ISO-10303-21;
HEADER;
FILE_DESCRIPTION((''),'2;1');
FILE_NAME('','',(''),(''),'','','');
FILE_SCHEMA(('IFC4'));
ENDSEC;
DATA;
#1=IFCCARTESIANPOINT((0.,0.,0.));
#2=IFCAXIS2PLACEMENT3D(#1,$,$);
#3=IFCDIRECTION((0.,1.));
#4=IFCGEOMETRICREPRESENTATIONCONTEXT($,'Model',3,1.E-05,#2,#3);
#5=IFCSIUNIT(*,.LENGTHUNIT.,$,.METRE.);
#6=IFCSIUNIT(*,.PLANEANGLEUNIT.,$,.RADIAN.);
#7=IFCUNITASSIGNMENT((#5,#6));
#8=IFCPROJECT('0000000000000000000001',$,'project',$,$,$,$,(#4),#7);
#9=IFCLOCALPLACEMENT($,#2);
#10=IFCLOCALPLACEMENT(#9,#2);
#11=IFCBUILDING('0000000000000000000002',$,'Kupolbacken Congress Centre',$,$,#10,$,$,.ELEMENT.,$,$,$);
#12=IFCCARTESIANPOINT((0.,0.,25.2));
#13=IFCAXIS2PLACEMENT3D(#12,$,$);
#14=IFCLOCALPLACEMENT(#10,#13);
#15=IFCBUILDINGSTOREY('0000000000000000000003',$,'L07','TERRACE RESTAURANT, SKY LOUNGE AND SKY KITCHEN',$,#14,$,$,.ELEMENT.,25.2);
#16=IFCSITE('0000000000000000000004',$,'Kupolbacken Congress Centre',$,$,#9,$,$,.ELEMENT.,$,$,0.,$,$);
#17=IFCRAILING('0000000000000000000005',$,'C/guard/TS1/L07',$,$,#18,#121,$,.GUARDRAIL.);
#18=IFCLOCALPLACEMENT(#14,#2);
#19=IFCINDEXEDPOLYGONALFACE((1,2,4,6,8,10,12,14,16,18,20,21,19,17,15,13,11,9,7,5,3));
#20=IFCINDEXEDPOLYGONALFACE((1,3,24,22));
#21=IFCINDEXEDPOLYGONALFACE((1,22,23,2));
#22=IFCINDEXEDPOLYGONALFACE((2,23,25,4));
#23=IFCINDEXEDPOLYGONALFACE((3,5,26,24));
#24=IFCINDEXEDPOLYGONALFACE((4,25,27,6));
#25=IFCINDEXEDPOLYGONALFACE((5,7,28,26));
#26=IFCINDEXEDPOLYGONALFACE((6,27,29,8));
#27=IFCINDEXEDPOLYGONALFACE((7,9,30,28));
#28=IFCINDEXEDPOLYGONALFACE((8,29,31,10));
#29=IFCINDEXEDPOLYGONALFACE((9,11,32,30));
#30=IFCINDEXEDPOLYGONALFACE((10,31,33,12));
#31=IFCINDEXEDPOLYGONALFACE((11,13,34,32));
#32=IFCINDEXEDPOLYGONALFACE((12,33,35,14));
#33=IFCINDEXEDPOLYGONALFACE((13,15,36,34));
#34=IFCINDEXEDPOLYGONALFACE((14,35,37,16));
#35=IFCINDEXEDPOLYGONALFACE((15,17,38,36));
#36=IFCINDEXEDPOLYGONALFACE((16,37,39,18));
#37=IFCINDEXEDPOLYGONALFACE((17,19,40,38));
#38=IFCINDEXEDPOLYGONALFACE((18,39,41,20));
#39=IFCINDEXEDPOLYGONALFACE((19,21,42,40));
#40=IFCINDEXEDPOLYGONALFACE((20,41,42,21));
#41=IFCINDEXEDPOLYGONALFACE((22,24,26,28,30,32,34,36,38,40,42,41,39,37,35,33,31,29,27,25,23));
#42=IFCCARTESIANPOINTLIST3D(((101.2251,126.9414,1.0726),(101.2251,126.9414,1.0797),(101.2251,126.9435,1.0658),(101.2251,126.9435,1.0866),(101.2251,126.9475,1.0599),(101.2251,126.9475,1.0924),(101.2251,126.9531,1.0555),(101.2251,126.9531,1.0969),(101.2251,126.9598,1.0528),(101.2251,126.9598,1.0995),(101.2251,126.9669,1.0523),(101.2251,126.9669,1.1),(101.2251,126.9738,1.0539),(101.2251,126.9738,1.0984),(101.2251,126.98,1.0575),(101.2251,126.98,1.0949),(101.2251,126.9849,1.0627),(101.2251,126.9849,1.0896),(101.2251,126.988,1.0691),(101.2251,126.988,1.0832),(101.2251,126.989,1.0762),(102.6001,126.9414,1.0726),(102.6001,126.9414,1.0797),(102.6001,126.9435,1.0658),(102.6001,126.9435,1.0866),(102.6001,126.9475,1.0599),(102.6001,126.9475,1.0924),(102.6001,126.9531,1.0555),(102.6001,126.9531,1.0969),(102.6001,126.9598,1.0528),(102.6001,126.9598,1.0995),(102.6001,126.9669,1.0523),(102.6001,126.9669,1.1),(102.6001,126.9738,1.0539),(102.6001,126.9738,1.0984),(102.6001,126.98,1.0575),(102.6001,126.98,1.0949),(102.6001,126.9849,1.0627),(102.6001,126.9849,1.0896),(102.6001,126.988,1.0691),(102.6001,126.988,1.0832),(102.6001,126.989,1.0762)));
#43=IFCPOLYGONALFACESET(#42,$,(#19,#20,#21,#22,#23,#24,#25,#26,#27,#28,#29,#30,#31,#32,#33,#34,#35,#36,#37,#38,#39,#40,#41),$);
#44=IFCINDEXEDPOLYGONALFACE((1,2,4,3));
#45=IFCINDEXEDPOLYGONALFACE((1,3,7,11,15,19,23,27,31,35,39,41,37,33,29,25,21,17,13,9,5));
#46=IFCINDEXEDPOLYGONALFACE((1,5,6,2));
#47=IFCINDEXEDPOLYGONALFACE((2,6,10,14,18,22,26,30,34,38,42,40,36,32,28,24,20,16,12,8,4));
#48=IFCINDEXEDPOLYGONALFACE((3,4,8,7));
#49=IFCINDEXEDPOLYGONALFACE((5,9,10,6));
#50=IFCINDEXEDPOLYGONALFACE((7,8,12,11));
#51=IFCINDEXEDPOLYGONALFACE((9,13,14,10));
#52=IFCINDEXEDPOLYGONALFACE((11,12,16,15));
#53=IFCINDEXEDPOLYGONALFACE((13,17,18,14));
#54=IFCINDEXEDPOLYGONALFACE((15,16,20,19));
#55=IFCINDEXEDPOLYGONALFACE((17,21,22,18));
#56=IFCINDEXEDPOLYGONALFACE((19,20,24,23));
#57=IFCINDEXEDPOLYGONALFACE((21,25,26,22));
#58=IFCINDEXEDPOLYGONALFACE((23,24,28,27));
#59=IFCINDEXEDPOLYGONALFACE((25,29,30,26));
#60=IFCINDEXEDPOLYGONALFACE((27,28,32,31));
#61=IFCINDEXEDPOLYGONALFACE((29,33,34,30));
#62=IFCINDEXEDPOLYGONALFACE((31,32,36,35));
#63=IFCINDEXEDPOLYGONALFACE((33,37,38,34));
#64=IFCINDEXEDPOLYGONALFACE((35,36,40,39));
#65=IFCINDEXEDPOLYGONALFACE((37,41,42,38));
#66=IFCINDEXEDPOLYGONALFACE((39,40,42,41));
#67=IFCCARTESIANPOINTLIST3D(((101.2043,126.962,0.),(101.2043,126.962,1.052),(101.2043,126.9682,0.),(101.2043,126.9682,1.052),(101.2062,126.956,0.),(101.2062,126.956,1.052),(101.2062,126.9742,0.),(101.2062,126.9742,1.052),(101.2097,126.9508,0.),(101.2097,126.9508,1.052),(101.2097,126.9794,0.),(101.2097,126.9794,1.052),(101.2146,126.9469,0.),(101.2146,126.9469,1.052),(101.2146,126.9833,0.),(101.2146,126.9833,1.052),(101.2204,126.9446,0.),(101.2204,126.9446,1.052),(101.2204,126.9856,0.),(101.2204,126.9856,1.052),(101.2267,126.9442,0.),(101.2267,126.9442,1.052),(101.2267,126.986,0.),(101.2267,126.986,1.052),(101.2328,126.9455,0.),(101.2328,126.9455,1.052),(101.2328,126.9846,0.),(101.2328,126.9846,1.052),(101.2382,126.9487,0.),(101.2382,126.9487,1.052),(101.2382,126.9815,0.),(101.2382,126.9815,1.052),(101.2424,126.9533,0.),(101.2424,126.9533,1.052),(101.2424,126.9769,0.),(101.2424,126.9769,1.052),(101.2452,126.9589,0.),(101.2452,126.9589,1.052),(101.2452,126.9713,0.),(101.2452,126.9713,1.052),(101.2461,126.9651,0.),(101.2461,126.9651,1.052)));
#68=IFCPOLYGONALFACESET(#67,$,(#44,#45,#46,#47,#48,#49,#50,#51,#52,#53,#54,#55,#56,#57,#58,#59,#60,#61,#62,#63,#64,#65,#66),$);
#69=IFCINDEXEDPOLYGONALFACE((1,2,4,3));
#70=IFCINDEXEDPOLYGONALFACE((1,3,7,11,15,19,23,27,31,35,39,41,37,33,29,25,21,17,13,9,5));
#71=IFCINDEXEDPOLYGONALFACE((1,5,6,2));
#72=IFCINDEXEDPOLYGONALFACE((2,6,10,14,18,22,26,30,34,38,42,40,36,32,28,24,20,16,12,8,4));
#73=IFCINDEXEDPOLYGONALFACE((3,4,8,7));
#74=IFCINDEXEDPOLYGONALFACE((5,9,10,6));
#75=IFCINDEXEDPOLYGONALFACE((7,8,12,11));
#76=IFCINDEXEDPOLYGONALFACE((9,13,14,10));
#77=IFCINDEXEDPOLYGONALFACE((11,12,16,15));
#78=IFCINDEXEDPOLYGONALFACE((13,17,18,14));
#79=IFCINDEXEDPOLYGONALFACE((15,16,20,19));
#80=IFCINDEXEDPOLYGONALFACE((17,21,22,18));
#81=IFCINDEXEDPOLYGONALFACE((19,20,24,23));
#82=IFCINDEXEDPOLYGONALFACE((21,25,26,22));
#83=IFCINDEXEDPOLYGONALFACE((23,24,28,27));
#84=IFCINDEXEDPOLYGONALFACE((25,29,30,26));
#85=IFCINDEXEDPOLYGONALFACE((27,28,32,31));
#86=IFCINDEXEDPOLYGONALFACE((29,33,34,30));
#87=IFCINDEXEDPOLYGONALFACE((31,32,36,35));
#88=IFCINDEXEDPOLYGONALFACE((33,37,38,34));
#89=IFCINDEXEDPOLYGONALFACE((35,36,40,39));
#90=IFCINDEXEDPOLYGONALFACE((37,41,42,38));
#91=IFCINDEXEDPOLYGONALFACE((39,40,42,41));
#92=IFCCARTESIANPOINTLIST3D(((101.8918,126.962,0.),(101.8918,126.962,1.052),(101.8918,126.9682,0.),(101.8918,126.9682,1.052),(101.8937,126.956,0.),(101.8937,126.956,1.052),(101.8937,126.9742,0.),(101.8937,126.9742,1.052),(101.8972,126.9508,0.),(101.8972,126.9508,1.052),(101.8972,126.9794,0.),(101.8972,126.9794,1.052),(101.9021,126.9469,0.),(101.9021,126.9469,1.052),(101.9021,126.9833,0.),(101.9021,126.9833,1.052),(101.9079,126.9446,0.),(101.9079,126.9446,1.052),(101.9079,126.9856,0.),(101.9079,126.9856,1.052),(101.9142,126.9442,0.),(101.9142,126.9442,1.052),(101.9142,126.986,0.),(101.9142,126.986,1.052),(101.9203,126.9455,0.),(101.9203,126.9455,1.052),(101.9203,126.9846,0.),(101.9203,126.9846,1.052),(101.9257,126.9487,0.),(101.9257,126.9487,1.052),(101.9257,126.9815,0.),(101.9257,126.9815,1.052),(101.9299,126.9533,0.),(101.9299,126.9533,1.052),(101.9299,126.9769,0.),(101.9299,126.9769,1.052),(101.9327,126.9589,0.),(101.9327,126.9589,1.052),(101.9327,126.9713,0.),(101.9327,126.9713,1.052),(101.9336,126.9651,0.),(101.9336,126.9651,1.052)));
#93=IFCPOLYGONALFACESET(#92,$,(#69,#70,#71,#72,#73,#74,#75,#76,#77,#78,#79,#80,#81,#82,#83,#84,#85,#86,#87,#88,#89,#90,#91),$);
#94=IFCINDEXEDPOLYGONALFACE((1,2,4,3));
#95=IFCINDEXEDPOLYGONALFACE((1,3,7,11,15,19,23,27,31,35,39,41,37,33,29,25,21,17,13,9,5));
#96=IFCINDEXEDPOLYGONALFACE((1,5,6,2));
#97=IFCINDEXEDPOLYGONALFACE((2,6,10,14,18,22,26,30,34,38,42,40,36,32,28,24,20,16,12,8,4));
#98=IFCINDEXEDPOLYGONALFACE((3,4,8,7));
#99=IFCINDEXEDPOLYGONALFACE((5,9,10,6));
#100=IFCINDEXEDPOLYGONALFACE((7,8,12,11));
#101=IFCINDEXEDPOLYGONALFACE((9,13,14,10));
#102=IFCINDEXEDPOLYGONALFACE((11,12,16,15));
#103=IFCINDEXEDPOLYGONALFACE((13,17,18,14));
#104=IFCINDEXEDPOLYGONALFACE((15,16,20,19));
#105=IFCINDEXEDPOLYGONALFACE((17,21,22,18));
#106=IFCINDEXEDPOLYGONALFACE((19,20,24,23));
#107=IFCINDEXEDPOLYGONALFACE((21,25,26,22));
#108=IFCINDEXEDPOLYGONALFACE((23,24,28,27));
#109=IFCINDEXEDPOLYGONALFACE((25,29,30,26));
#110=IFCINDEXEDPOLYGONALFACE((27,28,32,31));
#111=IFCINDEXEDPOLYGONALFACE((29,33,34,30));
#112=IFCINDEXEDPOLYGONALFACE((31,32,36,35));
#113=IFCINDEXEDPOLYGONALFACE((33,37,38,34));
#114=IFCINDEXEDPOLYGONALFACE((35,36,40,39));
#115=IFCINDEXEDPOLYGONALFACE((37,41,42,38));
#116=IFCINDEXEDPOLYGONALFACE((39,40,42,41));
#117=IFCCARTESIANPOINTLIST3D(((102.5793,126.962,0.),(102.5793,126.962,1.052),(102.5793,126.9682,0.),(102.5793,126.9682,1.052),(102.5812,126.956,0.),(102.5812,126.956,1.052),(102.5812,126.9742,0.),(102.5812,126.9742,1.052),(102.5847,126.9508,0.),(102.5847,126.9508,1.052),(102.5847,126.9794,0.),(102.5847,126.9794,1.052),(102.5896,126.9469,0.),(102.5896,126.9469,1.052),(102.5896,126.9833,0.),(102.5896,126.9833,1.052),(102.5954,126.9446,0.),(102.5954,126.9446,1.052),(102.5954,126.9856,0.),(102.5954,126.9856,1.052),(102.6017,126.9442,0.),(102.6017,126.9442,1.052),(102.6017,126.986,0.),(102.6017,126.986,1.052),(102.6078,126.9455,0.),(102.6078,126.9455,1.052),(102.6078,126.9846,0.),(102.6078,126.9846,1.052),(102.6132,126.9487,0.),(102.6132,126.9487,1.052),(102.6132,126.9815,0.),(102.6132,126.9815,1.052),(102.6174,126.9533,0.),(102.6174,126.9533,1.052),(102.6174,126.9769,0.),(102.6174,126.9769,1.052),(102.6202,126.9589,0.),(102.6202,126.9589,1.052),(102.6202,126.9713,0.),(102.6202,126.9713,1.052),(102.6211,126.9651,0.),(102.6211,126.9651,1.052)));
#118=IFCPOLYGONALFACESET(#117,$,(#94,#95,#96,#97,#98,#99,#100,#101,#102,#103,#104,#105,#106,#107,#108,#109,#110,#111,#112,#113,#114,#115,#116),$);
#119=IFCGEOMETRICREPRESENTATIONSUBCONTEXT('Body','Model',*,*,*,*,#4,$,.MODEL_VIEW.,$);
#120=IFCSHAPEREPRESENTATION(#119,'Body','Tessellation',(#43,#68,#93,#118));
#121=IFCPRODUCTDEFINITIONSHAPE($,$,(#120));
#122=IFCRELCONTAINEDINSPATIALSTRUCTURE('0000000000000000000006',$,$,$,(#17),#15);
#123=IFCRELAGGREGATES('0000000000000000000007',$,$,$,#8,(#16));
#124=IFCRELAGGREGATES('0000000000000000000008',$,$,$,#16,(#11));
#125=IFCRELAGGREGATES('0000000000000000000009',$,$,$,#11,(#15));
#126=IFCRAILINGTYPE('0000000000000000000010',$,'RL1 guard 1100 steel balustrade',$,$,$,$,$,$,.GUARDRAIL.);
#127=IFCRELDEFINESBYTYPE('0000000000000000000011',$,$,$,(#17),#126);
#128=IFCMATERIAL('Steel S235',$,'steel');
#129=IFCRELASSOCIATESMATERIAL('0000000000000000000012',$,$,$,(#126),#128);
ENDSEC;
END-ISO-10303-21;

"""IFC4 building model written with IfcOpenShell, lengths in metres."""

from ifc_helpers import new_model, si_unit, direction, frame, origin, origin_2d, place, context, subcontext, project, spatial, circle, extrude, material, type_object, element, save


model = new_model("IFC4")

# Units and contexts
model_context = context("Model", 3, precision=1e-05, world=origin(), true_north=direction((0.0, 1.0)))
body_context = subcontext(model_context, "Body", "Model", "MODEL_VIEW")
ifc_project = project(units=[si_unit("LENGTHUNIT", "METRE"), si_unit("PLANEANGLEUNIT", "RADIAN")], contexts=[model_context])

# Site, building, storey
site_placement = place(None, origin())
site = spatial("IfcSite", under=ifc_project, at=site_placement, Name="Kupolbacken Congress Centre", CompositionType="ELEMENT", RefElevation=0.0)
building_placement = place(site_placement, origin())
building = spatial("IfcBuilding", under=site, at=building_placement, Name="Kupolbacken Congress Centre", CompositionType="ELEMENT")
storey_placement = place(building_placement, frame((0.0, 0.0, 25.2)))
storey = spatial("IfcBuildingStorey", under=building, at=storey_placement, Name="L07", Description="TERRACE RESTAURANT, SKY LOUNGE AND SKY KITCHEN", CompositionType="ELEMENT", Elevation=25.2)

# Railing
ifc_material_1 = material(Name="Steel S235", Category="steel")
railing_type = type_object("IfcRailingType", Name="RL1 guard 1100 steel balustrade", PredefinedType="GUARDRAIL", material=ifc_material_1)
railing_placement = place(storey_placement, frame((101.2251, 126.9651, 0.0)))
element("IfcRailing", 1, at=railing_placement, inside=storey, type_object=railing_type, Name="C/guard/TS1/L07", PredefinedType="GUARDRAIL", context=body_context, shape_type="SweptSolid", body=[
    extrude(circle(Radius=0.0239, at=origin_2d()), frame((0.0, 0.0, 1.0762), z_axis=(1.0, 0.0, 0.0), x_axis=(0.0, 1.0, 0.0)), (0.0, 0.0, 1.0), 1.375),
    extrude(circle(Radius=0.021, at=origin_2d()), origin(), (0.0, 0.0, 1.0), 1.052),
    extrude(circle(Radius=0.021, at=origin_2d()), frame((0.6875, 0.0, 0.0)), (0.0, 0.0, 1.0), 1.052),
    extrude(circle(Radius=0.021, at=origin_2d()), frame((1.375, 0.0, 0.0)), (0.0, 0.0, 1.0), 1.052),
])

save(model, "model.ifc")
